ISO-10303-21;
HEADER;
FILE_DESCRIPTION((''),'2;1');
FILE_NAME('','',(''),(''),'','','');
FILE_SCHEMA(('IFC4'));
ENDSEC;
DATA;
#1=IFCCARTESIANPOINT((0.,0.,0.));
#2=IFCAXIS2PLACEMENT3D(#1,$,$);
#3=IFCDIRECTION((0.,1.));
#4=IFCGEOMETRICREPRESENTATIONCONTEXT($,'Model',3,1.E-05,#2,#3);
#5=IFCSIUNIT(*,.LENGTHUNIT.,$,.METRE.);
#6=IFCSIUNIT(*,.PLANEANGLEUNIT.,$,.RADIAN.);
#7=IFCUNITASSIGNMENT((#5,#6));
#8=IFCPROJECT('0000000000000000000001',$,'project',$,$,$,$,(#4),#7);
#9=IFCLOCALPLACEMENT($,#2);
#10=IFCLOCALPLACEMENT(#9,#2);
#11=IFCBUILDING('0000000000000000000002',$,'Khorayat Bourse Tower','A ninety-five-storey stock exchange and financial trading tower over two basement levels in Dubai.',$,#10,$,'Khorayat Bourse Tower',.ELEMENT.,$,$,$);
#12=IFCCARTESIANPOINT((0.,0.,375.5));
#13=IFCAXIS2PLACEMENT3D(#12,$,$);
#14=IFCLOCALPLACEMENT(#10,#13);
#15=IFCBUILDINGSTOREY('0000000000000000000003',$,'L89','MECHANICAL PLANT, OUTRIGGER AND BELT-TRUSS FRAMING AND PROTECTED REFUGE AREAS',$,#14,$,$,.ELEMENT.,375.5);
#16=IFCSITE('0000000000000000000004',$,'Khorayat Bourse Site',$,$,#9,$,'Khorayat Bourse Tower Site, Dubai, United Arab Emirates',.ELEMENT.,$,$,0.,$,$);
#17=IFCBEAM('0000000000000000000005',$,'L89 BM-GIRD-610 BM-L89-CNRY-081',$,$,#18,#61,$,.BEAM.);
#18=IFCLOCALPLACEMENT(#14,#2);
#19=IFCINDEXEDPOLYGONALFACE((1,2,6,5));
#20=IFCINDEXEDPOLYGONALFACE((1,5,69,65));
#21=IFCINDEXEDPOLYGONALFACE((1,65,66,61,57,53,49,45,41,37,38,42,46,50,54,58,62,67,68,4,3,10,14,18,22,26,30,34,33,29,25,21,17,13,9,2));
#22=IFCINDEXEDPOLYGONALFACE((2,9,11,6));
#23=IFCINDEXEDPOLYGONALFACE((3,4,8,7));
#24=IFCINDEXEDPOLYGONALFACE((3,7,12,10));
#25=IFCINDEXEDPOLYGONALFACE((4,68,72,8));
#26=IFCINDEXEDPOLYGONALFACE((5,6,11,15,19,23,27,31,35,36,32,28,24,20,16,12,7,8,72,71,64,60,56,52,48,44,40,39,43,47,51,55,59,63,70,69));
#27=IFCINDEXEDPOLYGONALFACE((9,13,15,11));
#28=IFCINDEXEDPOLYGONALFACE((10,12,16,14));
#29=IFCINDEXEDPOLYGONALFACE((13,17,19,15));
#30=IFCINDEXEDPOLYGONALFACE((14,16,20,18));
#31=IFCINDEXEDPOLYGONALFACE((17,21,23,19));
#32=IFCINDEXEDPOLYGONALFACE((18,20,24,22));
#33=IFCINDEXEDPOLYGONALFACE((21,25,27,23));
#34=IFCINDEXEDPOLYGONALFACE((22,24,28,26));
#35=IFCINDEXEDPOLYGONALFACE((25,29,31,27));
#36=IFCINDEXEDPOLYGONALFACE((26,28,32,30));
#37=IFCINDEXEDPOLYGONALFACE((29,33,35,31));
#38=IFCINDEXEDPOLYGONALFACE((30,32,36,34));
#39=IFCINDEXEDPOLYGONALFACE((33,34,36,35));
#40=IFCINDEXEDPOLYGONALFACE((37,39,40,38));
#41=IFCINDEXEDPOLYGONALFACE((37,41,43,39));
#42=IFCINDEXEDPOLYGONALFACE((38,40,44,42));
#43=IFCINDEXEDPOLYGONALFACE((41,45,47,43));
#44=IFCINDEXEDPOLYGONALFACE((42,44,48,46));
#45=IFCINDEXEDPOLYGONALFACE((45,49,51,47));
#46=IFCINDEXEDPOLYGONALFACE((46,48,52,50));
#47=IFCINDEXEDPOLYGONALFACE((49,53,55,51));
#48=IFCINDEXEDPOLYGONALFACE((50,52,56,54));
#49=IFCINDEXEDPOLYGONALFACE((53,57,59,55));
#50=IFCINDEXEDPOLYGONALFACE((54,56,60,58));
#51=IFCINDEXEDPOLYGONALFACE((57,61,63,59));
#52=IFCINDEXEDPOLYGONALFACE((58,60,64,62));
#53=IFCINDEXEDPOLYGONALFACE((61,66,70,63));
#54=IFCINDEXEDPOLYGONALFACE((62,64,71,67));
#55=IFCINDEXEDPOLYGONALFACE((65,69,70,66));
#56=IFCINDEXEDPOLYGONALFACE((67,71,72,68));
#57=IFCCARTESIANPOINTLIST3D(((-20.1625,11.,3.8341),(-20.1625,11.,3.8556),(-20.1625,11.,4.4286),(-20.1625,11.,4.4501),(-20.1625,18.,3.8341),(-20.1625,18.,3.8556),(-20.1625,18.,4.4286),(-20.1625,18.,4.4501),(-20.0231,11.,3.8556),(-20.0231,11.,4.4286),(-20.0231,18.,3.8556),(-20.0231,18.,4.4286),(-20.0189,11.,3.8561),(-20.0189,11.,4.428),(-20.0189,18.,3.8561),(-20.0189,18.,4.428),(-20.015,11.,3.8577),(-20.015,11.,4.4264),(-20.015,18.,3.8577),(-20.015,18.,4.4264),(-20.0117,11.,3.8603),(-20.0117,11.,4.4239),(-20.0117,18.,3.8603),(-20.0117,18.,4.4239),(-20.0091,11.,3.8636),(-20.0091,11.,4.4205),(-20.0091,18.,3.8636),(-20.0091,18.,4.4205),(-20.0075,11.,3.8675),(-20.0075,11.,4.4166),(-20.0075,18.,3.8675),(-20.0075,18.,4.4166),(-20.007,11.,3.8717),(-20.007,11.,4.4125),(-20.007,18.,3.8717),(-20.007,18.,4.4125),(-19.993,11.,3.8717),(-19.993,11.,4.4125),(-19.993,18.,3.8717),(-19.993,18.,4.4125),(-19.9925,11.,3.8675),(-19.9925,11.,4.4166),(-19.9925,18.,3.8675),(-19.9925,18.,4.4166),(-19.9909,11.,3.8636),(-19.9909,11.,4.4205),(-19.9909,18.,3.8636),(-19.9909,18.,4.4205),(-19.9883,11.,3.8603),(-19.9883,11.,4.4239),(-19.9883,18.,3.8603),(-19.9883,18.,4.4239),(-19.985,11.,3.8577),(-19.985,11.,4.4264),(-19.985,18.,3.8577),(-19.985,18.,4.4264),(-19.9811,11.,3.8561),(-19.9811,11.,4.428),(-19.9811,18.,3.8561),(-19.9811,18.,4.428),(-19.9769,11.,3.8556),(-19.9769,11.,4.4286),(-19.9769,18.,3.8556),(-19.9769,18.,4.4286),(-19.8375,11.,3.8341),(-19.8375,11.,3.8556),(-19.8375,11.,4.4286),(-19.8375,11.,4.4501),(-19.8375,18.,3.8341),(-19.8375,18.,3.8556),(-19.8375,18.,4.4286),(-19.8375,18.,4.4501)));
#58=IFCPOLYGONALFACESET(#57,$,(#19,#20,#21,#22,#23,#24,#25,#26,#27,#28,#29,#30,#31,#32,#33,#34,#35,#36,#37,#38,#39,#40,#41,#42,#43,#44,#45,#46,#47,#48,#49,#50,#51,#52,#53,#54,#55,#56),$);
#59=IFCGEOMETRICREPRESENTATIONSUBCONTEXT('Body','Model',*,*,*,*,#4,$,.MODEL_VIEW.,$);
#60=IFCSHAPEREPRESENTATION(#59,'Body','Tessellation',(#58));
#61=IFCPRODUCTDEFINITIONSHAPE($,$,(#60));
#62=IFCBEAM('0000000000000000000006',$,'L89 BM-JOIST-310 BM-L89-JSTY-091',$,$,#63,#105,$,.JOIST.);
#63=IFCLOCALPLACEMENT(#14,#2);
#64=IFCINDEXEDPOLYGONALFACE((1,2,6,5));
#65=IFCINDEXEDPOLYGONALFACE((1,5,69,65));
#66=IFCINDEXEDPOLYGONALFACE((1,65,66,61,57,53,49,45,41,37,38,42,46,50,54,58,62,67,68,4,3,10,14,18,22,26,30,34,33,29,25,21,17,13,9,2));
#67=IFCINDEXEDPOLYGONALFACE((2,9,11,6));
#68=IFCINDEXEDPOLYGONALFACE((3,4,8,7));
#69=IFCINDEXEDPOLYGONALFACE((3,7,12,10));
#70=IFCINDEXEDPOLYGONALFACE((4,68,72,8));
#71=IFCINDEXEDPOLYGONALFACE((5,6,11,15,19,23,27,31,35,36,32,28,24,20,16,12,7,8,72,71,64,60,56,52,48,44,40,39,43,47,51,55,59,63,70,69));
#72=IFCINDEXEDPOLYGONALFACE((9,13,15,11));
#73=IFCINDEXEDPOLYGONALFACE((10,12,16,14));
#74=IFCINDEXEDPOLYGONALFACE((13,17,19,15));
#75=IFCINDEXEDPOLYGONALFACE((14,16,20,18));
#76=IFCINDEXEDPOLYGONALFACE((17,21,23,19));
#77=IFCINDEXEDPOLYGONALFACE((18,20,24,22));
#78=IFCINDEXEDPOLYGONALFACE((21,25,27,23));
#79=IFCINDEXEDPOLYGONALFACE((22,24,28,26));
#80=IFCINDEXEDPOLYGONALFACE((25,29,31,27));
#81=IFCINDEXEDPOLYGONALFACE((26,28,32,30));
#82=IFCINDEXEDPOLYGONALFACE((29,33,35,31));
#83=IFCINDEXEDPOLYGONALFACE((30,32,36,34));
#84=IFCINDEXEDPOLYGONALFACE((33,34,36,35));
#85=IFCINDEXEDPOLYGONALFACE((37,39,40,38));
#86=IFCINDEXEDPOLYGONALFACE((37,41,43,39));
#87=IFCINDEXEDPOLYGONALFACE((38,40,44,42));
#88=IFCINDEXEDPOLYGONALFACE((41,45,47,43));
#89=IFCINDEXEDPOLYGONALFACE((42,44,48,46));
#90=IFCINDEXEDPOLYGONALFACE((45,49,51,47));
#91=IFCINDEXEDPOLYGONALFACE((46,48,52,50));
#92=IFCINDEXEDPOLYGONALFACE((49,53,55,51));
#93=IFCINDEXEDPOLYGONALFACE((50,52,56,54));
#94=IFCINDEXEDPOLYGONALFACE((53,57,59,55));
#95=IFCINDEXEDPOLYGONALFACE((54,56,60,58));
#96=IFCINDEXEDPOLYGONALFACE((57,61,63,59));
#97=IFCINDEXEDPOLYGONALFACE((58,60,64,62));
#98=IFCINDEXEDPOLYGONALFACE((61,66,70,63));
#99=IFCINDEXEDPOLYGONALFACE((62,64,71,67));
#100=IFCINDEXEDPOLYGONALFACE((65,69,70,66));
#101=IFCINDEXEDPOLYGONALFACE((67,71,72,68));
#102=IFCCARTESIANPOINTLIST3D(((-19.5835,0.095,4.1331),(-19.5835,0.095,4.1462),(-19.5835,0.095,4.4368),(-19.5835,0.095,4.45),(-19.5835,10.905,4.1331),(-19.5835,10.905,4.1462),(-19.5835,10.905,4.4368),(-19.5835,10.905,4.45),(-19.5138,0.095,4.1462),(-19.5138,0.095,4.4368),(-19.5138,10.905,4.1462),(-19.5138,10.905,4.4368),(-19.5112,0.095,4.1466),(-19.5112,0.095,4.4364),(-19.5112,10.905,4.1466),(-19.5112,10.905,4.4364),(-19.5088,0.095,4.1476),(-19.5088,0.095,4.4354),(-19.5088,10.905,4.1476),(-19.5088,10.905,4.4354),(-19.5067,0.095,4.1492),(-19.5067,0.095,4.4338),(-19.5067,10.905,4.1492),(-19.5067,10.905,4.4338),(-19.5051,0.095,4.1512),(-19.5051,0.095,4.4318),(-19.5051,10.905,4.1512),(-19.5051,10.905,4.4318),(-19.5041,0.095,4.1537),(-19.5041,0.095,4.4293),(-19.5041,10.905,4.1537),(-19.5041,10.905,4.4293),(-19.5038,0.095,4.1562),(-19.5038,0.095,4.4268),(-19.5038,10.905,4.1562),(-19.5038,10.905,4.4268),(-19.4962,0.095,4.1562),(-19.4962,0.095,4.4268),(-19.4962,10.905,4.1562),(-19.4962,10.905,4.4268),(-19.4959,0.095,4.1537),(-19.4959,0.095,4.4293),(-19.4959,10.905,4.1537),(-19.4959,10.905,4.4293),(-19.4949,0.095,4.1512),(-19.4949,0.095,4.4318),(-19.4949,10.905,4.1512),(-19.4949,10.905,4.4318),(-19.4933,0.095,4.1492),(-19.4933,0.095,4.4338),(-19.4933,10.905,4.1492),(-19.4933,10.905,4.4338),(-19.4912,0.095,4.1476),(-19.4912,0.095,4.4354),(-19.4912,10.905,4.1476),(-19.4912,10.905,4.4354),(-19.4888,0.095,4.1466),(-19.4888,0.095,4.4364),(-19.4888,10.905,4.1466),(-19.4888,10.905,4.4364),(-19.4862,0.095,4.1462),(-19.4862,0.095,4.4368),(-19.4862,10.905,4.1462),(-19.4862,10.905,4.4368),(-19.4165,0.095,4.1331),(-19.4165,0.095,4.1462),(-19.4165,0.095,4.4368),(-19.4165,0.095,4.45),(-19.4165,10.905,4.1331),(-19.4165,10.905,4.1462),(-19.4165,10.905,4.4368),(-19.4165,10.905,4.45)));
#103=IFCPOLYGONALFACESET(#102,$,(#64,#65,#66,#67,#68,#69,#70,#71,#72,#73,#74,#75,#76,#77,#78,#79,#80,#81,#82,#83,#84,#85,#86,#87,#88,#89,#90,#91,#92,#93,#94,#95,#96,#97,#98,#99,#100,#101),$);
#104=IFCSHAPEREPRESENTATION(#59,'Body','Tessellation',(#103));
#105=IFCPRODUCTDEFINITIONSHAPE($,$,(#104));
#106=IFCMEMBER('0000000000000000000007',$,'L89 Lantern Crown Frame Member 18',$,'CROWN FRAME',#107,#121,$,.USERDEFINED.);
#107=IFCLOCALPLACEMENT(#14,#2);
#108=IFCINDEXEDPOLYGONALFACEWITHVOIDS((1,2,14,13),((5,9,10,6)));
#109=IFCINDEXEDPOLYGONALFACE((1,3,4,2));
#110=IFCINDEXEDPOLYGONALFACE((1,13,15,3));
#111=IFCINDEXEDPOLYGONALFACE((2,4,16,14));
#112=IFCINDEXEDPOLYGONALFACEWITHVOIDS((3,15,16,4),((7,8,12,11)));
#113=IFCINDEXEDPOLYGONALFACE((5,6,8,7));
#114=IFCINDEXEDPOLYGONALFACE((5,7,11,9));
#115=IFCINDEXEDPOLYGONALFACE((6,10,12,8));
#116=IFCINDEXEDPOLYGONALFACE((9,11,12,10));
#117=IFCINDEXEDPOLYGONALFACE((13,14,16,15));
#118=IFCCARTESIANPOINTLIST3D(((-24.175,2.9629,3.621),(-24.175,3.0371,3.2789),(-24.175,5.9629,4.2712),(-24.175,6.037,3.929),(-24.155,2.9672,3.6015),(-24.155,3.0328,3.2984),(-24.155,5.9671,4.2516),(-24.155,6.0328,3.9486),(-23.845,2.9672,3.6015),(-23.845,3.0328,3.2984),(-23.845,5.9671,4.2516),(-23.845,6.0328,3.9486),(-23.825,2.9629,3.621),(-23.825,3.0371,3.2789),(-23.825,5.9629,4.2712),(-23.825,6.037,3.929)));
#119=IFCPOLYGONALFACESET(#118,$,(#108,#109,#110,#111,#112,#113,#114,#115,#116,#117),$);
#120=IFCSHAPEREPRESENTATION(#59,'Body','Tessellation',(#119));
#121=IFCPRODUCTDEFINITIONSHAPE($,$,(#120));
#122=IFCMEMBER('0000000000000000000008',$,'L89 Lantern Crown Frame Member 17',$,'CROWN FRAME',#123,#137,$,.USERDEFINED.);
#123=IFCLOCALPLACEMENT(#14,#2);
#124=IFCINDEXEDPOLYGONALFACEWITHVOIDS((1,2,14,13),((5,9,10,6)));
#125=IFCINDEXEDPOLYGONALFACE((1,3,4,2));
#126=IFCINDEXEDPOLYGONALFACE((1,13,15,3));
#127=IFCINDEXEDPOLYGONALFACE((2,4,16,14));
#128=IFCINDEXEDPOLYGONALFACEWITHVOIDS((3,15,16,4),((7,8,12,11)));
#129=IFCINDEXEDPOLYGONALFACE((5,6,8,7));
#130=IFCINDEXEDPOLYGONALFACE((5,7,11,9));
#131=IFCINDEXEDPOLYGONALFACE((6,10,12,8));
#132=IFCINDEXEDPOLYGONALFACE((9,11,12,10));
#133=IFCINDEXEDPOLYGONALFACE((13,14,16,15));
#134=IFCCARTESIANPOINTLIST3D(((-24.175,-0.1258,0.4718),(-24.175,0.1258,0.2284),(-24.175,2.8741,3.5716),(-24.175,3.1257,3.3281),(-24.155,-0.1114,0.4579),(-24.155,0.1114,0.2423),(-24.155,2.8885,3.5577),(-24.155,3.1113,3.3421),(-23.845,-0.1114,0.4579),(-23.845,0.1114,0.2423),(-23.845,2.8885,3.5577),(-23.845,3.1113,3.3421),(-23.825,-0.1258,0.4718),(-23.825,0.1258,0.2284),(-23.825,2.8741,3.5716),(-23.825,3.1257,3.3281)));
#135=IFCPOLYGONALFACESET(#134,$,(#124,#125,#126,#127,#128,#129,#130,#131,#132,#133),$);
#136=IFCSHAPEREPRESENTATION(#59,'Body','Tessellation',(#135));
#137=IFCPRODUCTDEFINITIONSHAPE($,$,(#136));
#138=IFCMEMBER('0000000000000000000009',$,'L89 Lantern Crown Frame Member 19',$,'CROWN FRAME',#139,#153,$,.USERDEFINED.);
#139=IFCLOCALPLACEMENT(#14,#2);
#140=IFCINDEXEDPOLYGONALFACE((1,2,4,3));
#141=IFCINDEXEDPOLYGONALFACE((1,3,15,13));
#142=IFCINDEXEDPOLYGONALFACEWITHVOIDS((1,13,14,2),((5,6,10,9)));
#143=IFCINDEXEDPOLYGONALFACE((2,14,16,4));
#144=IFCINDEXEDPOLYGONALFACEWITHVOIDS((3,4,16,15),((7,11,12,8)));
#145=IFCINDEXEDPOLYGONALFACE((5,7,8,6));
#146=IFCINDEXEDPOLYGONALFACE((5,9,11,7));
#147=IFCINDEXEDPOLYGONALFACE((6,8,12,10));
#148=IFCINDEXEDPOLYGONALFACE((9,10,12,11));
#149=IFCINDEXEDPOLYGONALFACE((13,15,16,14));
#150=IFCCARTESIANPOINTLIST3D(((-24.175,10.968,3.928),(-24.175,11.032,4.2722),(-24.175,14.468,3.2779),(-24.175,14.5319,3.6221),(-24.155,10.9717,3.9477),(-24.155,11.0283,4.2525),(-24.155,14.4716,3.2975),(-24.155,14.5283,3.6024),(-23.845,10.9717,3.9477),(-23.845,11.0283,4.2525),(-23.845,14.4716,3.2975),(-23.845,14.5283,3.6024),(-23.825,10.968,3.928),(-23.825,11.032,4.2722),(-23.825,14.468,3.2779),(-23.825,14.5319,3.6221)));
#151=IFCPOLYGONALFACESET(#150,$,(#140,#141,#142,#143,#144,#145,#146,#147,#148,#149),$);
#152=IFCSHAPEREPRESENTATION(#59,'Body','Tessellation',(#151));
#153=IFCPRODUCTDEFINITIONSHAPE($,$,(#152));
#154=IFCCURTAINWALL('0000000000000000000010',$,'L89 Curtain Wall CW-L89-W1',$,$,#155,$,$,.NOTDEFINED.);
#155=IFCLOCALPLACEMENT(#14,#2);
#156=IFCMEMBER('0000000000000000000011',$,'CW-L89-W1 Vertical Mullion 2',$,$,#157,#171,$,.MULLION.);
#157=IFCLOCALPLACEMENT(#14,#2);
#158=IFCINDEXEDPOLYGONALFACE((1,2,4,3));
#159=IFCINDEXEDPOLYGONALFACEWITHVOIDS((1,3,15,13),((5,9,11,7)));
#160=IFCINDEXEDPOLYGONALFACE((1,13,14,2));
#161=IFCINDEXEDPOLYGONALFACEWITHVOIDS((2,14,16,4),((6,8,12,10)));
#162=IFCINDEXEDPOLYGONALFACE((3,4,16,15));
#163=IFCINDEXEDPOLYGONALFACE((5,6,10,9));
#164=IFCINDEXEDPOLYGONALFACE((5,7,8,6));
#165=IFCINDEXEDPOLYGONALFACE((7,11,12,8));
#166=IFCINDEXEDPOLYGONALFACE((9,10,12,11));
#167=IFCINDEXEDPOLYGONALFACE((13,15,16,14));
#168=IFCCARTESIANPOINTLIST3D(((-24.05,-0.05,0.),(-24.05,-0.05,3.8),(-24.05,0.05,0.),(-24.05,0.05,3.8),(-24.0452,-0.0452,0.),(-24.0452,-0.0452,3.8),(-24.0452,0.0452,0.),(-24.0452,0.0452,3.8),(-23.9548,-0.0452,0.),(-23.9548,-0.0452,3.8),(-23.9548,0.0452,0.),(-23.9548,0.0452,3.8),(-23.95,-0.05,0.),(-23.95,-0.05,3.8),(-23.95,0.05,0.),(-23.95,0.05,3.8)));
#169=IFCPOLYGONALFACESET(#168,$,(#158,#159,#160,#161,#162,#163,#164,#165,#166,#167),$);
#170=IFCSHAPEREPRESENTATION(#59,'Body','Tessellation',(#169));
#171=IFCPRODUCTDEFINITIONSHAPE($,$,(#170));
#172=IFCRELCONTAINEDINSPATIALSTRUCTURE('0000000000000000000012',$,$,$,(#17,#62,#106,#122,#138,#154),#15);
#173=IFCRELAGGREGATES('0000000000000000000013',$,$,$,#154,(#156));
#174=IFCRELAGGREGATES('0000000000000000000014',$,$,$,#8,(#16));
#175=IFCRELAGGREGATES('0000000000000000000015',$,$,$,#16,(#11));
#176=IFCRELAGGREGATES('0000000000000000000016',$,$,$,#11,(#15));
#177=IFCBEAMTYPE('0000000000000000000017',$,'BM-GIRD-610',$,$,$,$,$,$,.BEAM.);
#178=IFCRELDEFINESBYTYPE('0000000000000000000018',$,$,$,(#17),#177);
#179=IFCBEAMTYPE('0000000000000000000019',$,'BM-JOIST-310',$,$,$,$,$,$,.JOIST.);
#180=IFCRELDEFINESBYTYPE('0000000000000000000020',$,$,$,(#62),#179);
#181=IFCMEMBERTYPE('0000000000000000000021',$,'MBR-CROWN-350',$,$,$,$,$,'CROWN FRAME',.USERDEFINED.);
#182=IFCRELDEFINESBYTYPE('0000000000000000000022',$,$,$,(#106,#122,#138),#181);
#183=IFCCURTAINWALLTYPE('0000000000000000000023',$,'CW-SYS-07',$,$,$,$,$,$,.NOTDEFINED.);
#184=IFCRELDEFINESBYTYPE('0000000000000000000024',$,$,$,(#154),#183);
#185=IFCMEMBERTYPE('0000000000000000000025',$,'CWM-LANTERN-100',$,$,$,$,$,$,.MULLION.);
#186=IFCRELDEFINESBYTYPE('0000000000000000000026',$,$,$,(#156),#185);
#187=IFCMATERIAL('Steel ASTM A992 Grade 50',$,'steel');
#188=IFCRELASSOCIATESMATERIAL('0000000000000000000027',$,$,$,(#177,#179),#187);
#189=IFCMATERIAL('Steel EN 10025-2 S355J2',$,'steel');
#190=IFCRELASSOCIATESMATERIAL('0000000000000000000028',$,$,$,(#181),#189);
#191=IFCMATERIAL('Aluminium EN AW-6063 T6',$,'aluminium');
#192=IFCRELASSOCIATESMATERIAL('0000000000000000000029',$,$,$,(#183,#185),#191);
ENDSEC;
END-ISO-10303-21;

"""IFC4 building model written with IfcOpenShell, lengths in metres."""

from ifc_helpers import new_model, si_unit, direction, frame, origin, origin_2d, place, context, subcontext, project, spatial, hollow_rectangle, i_section, extrude, source, transform, mapped, material, material_profile, profile_set, type_object, element, aggregate, save


model = new_model("IFC4")

# Units and contexts
model_context = context("Model", 3, precision=1e-05, world=origin(), true_north=direction((0.0, 1.0)))
body_context = subcontext(model_context, "Body", "Model", "MODEL_VIEW")
ifc_project = project(units=[si_unit("LENGTHUNIT", "METRE"), si_unit("PLANEANGLEUNIT", "RADIAN")], contexts=[model_context])

# Site, building, storey
site_placement = place(None, origin())
site = spatial("IfcSite", under=ifc_project, at=site_placement, Name="Khorayat Bourse Site", LongName="Khorayat Bourse Tower Site, Dubai, United Arab Emirates", CompositionType="ELEMENT", RefElevation=0.0)
building_placement = place(site_placement, origin())
building = spatial("IfcBuilding", under=site, at=building_placement, Name="Khorayat Bourse Tower", Description="A ninety-five-storey stock exchange and financial trading tower over two basement levels in Dubai.", LongName="Khorayat Bourse Tower", CompositionType="ELEMENT")
storey_placement = place(building_placement, frame((0.0, 0.0, 375.5)))
storey = spatial("IfcBuildingStorey", under=building, at=storey_placement, Name="L89", Description="MECHANICAL PLANT, OUTRIGGER AND BELT-TRUSS FRAMING AND PROTECTED REFUGE AREAS", CompositionType="ELEMENT", Elevation=375.5)

# Shared definitions
ifc_material_1 = material(Name="Steel EN 10025-2 S355J2", Category="steel")

# Beams
ifc_material_2 = material(Name="Steel ASTM A992 Grade 50", Category="steel")
ifc_material_profile_1 = material_profile(ifc_material_2, i_section(OverallWidth=0.325, OverallDepth=0.616, WebThickness=0.0139, FlangeThickness=0.0215, FilletRadius=0.0161, at=origin_2d()), Name="W610X174")
ifc_profile_set_1 = profile_set([ifc_material_profile_1], Name="Steel ASTM A992 Grade 50")
beam_type_1 = type_object("IfcBeamType", Name="BM-GIRD-610", PredefinedType="BEAM", material=ifc_profile_set_1)
shared_shape_1 = source(origin(), body_context, "Body", "SweptSolid", [
    extrude(i_section(OverallWidth=0.325, OverallDepth=0.616, WebThickness=0.0139, FlangeThickness=0.0215, FilletRadius=0.0161, at=origin_2d()), origin(), (0.0, 0.0, 1.0), 7.0),
])
for number, where, z_axis, x_axis, name in (
    (1, (-20.0, 11.0, 4.1421), (0.0, 1.0, 0.0), (-1.0, 0.0, 0.0), "L89 BM-GIRD-610 BM-L89-CNRY-081"),
):
    element("IfcBeam", number, at=place(storey_placement, frame(where, z_axis=z_axis, x_axis=x_axis)), inside=storey, type_object=beam_type_1, Name=name, PredefinedType="BEAM", context=body_context, shape_type="MappedRepresentation", body=[
        mapped(shared_shape_1, transform((0.0, 0.0, 0.0), scale=1.0)),
    ])
ifc_material_profile_2 = material_profile(ifc_material_2, i_section(OverallWidth=0.167, OverallDepth=0.3169, WebThickness=0.0076, FlangeThickness=0.0132, FilletRadius=0.01, at=origin_2d()), Name="W310X52")
ifc_profile_set_2 = profile_set([ifc_material_profile_2], Name="Steel ASTM A992 Grade 50")
beam_type_2 = type_object("IfcBeamType", Name="BM-JOIST-310", PredefinedType="JOIST", material=ifc_profile_set_2)
shared_shape_2 = source(origin(), body_context, "Body", "SweptSolid", [
    extrude(i_section(OverallWidth=0.167, OverallDepth=0.3169, WebThickness=0.0076, FlangeThickness=0.0132, FilletRadius=0.01, at=origin_2d()), origin(), (0.0, 0.0, 1.0), 10.8101),
])
beam_1_placement = place(storey_placement, frame((-19.5, 0.095, 4.2915), z_axis=(0.0, 1.0, 0.0), x_axis=(-1.0, 0.0, 0.0)))
element("IfcBeam", 2, at=beam_1_placement, inside=storey, type_object=beam_type_2, Name="L89 BM-JOIST-310 BM-L89-JSTY-091", PredefinedType="JOIST", context=body_context, shape_type="MappedRepresentation", body=[
    mapped(shared_shape_2, transform((0.0, 0.0, 0.0), scale=1.0)),
])

# Members
ifc_material_profile_3 = material_profile(ifc_material_1, hollow_rectangle(XDim=0.3501, YDim=0.3501, WallThickness=0.02, at=origin_2d()), Name="HSS 350x350x20")
ifc_profile_set_3 = profile_set([ifc_material_profile_3], Name="Steel EN 10025-2 S355J2")
member_type_1 = type_object("IfcMemberType", Name="MBR-CROWN-350", ElementType="CROWN FRAME", PredefinedType="USERDEFINED", material=ifc_profile_set_3)
shared_shape_3 = source(origin(), body_context, "Body", "SweptSolid", [
    extrude(hollow_rectangle(XDim=0.3501, YDim=0.3501, WallThickness=0.02, at=origin_2d()), origin(), (0.0, 0.0, 1.0), 3.0696),
])
member_1_placement = place(storey_placement, frame((-24.0, 3.0, 3.45), z_axis=(0.0, 0.977313, 0.211799), x_axis=(-1.0, 0.0, 0.0)))
element("IfcMember", 3, at=member_1_placement, inside=storey, type_object=member_type_1, Name="L89 Lantern Crown Frame Member 18", ObjectType="CROWN FRAME", PredefinedType="USERDEFINED", context=body_context, shape_type="MappedRepresentation", body=[
    mapped(shared_shape_3, transform((0.0, 0.0, 0.0), scale=1.0)),
])
shared_shape_4 = source(origin(), body_context, "Body", "SweptSolid", [
    extrude(hollow_rectangle(XDim=0.3501, YDim=0.3501, WallThickness=0.02, at=origin_2d()), origin(), (0.0, 0.0, 1.0), 4.3137),
])
member_2_placement = place(storey_placement, frame((-24.0, 0.0, 0.3501), z_axis=(0.0, 0.695438, 0.718586), x_axis=(-1.0, 0.0, 0.0)))
element("IfcMember", 4, at=member_2_placement, inside=storey, type_object=member_type_1, Name="L89 Lantern Crown Frame Member 17", ObjectType="CROWN FRAME", PredefinedType="USERDEFINED", context=body_context, shape_type="MappedRepresentation", body=[
    mapped(shared_shape_4, transform((0.0, 0.0, 0.0), scale=1.0)),
])
shared_shape_5 = source(origin(), body_context, "Body", "SweptSolid", [
    extrude(hollow_rectangle(XDim=0.3501, YDim=0.3501, WallThickness=0.02, at=origin_2d()), origin(), (0.0, 0.0, 1.0), 3.5598),
])
member_3_placement = place(storey_placement, frame((-24.0, 11.0, 4.1001), z_axis=(0.0, 0.983181, -0.182632), x_axis=(-1.0, 0.0, 0.0)))
element("IfcMember", 5, at=member_3_placement, inside=storey, type_object=member_type_1, Name="L89 Lantern Crown Frame Member 19", ObjectType="CROWN FRAME", PredefinedType="USERDEFINED", context=body_context, shape_type="MappedRepresentation", body=[
    mapped(shared_shape_5, transform((0.0, 0.0, 0.0), scale=1.0)),
])

# Curtain wall, member
ifc_material_3 = material(Name="Aluminium EN AW-6063 T6", Category="aluminium")
curtain_wall_type = type_object("IfcCurtainWallType", Name="CW-SYS-07", PredefinedType="NOTDEFINED", material=ifc_material_3)
curtain_wall_placement = place(storey_placement, origin())
curtain_wall = element("IfcCurtainWall", 6, at=curtain_wall_placement, inside=storey, type_object=curtain_wall_type, Name="L89 Curtain Wall CW-L89-W1", PredefinedType="NOTDEFINED")
ifc_material_profile_4 = material_profile(ifc_material_3, hollow_rectangle(XDim=0.1001, YDim=0.1001, WallThickness=0.0049, at=origin_2d()), Name="ALU 100x100x5")
ifc_profile_set_4 = profile_set([ifc_material_profile_4], Name="Aluminium EN AW-6063 T6")
member_type_2 = type_object("IfcMemberType", Name="CWM-LANTERN-100", PredefinedType="MULLION", material=ifc_profile_set_4)
shared_shape_6 = source(origin(), body_context, "Body", "SweptSolid", [
    extrude(hollow_rectangle(XDim=0.1001, YDim=0.1001, WallThickness=0.0049, at=origin_2d()), origin(), (0.0, 0.0, 1.0), 3.8),
])
member_4_placement = place(storey_placement, frame((-24.0, 0.0, 0.0), z_axis=(0.0, 0.0, 1.0), x_axis=(-1.0, 0.0, 0.0)))
member_4 = element("IfcMember", 7, at=member_4_placement, type_object=member_type_2, Name="CW-L89-W1 Vertical Mullion 2", PredefinedType="MULLION", context=body_context, shape_type="MappedRepresentation", body=[
    mapped(shared_shape_6, transform((0.0, 0.0, 0.0), scale=1.0)),
])

aggregate(curtain_wall, [member_4])

save(model, "model.ifc")
